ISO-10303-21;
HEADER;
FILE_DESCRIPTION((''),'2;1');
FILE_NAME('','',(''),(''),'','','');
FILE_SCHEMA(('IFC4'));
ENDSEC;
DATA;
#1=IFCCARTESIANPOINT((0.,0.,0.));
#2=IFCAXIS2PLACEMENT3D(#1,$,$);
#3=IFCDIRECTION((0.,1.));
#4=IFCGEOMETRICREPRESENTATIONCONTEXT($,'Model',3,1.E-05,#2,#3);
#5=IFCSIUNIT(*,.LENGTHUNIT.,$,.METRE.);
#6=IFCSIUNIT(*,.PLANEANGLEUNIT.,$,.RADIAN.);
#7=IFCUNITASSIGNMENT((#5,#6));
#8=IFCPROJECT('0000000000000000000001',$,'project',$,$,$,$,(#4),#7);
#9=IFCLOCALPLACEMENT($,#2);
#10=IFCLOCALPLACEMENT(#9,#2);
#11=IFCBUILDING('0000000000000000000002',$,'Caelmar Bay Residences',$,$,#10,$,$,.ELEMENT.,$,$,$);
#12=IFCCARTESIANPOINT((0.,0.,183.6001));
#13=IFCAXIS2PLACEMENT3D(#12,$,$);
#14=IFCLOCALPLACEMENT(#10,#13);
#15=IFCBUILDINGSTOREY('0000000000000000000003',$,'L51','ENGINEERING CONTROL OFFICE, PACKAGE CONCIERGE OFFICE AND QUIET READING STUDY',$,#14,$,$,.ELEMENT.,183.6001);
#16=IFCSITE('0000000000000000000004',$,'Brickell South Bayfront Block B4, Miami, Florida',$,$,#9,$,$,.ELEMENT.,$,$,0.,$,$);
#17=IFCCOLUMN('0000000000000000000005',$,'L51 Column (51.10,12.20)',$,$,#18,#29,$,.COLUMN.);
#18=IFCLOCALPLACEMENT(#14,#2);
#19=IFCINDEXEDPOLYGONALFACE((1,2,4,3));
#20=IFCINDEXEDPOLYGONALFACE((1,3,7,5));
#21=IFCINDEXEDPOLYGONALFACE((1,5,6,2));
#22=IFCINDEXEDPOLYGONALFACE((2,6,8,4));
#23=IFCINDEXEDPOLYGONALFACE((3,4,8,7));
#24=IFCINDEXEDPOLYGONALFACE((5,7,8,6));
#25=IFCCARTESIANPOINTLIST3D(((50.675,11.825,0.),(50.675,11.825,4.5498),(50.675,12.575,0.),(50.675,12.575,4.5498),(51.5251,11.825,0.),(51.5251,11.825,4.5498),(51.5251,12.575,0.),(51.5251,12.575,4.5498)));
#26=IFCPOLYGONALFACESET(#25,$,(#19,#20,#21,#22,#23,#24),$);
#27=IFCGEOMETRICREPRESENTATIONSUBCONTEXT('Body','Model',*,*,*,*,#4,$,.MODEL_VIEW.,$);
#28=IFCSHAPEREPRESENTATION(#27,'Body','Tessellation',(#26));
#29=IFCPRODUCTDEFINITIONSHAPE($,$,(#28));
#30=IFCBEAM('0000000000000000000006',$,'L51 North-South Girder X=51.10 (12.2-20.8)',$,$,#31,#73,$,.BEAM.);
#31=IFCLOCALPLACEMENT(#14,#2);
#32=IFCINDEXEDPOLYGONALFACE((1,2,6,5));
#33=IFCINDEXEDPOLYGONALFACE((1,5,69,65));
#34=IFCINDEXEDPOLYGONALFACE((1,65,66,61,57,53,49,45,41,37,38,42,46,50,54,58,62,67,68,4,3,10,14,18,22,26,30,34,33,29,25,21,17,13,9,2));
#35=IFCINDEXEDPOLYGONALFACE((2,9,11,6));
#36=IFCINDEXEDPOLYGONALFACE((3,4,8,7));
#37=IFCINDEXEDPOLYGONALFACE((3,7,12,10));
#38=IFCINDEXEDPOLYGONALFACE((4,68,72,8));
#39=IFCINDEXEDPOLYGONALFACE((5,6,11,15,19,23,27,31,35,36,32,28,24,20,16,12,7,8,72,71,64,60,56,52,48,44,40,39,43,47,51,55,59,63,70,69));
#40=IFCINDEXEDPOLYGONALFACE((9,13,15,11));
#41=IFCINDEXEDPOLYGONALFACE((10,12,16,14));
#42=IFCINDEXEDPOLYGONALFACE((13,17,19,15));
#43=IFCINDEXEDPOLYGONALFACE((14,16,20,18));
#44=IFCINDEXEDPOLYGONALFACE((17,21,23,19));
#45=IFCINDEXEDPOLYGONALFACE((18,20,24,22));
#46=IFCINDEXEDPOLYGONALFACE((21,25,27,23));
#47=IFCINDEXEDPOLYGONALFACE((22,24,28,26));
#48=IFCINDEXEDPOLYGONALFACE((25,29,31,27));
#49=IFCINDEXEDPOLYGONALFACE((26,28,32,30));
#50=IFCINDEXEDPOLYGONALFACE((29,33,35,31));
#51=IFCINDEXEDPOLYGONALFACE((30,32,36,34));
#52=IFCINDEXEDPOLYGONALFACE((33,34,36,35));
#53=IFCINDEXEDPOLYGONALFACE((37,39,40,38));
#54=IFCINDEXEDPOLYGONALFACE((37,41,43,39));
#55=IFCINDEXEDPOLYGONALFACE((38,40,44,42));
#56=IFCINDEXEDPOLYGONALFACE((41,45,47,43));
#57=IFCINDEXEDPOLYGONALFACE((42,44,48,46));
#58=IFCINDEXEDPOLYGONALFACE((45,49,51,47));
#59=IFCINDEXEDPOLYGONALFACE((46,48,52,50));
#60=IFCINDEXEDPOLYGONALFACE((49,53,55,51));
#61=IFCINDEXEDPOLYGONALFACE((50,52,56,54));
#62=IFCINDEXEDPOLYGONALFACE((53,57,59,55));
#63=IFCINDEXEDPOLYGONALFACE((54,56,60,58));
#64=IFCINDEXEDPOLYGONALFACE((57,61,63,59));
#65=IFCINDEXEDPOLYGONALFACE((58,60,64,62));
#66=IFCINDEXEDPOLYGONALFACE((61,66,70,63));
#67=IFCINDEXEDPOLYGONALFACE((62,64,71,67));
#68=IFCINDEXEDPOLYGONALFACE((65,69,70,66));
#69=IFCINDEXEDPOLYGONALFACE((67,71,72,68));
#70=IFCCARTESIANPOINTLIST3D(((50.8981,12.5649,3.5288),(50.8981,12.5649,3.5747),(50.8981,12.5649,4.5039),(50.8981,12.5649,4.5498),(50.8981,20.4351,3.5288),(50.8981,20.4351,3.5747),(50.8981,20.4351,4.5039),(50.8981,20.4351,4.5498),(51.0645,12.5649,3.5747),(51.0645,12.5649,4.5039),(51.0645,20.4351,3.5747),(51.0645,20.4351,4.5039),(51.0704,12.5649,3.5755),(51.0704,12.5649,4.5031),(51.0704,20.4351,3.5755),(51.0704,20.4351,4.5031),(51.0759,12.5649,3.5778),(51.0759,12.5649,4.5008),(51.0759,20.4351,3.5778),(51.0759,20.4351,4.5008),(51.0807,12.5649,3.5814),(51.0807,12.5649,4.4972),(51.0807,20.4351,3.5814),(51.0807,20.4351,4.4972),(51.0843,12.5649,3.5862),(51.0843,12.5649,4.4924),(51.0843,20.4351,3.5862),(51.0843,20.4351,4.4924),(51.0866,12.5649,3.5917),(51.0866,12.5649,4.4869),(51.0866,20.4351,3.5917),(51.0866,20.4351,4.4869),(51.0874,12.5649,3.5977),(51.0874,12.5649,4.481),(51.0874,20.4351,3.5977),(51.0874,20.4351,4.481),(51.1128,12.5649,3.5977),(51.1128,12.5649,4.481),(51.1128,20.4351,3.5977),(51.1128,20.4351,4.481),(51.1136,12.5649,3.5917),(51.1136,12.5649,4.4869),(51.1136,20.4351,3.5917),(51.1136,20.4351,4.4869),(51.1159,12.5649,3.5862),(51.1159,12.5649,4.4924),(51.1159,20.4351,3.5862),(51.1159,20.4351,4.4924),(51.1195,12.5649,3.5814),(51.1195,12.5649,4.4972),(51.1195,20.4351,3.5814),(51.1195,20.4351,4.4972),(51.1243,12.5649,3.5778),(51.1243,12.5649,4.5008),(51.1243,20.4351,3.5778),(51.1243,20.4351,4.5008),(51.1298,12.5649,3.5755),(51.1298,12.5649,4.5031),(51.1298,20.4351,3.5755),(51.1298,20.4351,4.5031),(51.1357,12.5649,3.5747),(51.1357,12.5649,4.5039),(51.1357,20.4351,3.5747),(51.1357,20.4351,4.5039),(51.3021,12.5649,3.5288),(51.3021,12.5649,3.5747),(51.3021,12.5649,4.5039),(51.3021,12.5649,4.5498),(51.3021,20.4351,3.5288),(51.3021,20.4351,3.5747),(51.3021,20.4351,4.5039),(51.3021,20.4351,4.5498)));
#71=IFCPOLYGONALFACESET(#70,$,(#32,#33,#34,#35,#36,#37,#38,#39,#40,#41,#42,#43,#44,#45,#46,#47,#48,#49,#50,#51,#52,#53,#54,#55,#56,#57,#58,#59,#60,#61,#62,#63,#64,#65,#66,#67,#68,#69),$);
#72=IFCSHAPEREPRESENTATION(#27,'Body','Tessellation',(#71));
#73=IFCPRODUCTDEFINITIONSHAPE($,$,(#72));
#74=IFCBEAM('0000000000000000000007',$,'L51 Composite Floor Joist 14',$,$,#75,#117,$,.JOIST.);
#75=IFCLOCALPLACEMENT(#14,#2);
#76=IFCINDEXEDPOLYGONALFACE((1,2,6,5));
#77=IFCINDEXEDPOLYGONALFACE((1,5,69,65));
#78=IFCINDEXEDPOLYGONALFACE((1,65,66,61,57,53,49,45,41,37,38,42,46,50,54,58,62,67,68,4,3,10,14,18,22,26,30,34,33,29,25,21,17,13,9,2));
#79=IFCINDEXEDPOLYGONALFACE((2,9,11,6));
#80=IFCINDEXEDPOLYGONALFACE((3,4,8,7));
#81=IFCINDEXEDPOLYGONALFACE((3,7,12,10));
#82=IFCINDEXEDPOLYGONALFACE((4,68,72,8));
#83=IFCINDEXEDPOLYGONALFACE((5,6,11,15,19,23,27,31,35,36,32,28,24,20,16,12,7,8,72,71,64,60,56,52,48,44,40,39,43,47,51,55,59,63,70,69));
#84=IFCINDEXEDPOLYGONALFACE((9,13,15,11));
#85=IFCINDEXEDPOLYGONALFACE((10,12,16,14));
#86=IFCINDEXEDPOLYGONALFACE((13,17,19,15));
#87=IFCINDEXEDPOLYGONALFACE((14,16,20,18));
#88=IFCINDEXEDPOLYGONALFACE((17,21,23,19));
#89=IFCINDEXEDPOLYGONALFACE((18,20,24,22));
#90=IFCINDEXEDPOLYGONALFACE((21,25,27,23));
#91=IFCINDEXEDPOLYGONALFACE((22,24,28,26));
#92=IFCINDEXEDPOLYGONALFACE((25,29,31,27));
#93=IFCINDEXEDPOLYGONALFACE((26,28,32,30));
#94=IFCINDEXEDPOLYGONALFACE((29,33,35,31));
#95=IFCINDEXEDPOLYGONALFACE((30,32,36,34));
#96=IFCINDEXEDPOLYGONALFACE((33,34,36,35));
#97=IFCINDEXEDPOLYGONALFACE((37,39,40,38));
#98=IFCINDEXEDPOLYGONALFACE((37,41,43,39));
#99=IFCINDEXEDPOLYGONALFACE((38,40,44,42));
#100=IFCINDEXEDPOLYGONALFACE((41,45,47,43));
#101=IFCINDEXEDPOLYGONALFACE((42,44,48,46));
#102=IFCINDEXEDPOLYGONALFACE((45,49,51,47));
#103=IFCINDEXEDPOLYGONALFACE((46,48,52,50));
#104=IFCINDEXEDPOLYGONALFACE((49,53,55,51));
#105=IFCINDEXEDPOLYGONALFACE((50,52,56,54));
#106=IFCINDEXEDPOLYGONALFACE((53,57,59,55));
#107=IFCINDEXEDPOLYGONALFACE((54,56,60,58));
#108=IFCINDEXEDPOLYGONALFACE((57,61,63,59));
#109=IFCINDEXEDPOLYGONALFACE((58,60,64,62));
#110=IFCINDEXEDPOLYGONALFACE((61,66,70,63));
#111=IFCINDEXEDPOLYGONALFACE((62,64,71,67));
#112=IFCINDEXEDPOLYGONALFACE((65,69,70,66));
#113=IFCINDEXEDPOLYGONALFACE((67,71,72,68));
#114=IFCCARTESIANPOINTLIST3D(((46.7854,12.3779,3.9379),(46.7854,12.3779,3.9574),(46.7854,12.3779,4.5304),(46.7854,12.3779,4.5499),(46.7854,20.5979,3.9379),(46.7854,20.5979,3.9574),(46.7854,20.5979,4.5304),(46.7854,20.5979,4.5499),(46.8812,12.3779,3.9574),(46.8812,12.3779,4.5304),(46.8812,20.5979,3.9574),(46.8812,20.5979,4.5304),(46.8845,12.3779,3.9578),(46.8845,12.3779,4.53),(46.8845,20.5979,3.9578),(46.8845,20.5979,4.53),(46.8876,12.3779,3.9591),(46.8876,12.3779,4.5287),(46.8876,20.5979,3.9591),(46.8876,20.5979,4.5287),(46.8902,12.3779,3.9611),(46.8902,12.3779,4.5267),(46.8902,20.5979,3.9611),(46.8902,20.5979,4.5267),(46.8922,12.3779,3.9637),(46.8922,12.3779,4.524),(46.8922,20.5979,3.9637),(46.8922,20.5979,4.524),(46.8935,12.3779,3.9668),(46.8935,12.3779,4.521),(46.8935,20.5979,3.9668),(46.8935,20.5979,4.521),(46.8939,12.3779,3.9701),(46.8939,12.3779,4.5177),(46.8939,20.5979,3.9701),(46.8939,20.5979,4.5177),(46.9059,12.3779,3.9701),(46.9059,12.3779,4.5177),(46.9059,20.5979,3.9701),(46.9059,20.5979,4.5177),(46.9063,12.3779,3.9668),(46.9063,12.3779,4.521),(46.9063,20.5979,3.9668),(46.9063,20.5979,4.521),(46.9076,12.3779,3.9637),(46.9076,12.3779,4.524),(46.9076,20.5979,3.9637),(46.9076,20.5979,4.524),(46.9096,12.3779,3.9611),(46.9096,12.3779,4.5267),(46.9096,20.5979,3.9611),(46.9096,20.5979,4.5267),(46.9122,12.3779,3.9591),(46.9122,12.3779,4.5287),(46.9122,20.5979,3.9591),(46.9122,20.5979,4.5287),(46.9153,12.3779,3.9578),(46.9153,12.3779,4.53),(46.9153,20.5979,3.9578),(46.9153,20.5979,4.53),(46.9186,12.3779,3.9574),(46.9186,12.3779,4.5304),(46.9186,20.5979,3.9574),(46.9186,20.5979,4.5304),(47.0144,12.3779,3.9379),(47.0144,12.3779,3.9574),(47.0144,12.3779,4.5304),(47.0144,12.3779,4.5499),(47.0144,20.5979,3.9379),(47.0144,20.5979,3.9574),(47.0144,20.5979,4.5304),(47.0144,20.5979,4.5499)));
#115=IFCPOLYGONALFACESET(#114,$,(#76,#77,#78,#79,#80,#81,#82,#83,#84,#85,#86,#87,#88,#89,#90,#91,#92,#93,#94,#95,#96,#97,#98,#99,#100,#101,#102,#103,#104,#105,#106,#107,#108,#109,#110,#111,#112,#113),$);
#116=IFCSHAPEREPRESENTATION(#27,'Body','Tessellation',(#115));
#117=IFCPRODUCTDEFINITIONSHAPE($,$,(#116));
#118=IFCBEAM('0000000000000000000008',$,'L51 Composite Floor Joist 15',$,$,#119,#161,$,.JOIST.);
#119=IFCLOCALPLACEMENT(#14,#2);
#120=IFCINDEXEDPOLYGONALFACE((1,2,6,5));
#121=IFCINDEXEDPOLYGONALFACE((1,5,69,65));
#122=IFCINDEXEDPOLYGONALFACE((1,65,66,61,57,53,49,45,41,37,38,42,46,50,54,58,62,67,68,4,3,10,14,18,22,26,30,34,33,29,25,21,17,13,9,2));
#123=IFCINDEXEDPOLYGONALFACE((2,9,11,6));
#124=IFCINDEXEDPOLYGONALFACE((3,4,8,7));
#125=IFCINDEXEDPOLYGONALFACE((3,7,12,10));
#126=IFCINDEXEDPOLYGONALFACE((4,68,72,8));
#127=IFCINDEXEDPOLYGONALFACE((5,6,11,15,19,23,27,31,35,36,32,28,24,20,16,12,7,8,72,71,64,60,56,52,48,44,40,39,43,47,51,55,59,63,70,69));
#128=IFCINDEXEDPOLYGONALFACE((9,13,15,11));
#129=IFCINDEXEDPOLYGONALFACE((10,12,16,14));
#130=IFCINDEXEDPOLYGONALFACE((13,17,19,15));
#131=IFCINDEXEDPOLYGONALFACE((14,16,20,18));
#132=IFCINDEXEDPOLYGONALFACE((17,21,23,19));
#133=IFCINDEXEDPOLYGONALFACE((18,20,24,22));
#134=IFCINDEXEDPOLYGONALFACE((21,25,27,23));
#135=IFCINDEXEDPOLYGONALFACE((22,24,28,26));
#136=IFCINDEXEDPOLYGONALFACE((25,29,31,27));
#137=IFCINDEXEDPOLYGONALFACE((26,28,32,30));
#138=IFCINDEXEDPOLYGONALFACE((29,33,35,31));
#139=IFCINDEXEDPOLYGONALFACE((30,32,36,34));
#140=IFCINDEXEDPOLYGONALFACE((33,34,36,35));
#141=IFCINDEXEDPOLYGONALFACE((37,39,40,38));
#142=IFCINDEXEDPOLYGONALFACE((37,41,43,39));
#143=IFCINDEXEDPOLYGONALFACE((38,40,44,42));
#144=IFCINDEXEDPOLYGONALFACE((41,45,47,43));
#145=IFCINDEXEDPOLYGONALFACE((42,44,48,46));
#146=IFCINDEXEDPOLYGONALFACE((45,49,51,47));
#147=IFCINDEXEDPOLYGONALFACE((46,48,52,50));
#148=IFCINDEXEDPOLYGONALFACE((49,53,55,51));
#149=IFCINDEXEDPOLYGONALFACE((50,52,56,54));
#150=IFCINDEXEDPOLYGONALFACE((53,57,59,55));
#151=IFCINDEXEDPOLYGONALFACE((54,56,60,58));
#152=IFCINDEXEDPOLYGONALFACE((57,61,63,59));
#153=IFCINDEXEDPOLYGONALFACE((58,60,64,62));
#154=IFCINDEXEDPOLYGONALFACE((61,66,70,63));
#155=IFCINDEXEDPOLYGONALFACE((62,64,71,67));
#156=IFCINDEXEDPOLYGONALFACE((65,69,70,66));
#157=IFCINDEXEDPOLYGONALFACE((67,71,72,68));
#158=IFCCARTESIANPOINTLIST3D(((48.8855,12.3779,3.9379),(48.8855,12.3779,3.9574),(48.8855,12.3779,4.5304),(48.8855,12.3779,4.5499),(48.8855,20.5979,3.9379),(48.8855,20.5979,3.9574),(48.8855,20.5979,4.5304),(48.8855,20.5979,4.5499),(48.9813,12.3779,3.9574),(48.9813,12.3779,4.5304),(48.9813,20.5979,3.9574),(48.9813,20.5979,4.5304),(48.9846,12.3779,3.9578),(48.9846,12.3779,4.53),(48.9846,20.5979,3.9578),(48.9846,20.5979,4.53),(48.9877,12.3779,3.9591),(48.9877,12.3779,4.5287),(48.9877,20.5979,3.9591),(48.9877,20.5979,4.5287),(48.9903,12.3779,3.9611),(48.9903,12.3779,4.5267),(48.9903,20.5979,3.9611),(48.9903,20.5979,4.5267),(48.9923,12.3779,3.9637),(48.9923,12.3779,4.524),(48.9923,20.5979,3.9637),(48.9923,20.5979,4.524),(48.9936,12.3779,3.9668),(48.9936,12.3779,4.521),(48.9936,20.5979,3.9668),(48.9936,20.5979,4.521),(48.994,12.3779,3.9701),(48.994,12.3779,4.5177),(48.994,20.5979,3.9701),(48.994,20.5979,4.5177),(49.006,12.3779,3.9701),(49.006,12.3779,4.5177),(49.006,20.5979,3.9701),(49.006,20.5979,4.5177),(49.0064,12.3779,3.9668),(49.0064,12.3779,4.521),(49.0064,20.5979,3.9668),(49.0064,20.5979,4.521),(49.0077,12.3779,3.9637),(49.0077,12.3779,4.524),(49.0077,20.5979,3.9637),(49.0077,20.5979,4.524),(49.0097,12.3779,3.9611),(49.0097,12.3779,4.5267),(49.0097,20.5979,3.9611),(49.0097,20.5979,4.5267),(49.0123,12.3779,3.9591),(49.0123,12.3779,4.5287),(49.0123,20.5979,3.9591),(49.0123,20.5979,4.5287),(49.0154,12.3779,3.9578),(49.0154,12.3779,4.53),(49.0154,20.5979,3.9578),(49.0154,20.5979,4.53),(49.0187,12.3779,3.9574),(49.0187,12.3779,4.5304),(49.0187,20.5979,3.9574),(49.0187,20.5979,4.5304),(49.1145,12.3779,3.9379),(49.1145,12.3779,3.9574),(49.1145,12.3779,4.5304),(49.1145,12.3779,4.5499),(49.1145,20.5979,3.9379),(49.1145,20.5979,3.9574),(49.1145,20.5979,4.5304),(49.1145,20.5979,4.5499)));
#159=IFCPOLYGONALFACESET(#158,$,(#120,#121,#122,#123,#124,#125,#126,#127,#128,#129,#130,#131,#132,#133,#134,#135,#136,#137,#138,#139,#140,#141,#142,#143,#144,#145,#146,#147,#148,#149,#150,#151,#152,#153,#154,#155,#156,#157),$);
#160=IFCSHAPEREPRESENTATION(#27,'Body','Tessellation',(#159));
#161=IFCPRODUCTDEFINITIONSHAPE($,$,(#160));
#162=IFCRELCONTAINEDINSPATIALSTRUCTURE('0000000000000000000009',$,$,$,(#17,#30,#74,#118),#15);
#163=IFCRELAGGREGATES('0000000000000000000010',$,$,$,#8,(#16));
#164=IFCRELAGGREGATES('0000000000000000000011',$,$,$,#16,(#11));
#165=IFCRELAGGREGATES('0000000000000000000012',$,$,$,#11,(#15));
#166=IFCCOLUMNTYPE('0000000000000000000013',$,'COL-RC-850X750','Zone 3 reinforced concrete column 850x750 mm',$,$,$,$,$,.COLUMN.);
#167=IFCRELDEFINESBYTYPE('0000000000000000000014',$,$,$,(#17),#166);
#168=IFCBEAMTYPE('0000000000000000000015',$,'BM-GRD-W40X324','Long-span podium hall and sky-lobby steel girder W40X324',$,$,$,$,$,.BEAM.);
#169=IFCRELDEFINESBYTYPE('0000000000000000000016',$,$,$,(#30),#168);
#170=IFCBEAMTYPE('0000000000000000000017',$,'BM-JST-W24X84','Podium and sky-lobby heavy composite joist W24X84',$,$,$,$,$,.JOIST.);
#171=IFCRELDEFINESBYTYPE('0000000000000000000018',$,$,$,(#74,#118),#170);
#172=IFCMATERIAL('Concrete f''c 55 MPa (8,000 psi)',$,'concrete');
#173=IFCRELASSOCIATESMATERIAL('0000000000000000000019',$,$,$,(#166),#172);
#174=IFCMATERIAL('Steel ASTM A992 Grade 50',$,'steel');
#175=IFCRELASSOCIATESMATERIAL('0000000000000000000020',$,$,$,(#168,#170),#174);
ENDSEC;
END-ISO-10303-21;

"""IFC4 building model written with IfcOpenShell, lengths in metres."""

from ifc_helpers import new_model, si_unit, direction, frame, origin, origin_2d, place, context, subcontext, project, spatial, rectangle, i_section, extrude, material, material_profile, profile_set, type_object, element, save


model = new_model("IFC4")

# Units and contexts
model_context = context("Model", 3, precision=1e-05, world=origin(), true_north=direction((0.0, 1.0)))
body_context = subcontext(model_context, "Body", "Model", "MODEL_VIEW")
ifc_project = project(units=[si_unit("LENGTHUNIT", "METRE"), si_unit("PLANEANGLEUNIT", "RADIAN")], contexts=[model_context])

# Site, building, storey
site_placement = place(None, origin())
site = spatial("IfcSite", under=ifc_project, at=site_placement, Name="Brickell South Bayfront Block B4, Miami, Florida", CompositionType="ELEMENT", RefElevation=0.0)
building_placement = place(site_placement, origin())
building = spatial("IfcBuilding", under=site, at=building_placement, Name="Caelmar Bay Residences", CompositionType="ELEMENT")
storey_placement = place(building_placement, frame((0.0, 0.0, 183.6001)))
storey = spatial("IfcBuildingStorey", under=building, at=storey_placement, Name="L51", Description="ENGINEERING CONTROL OFFICE, PACKAGE CONCIERGE OFFICE AND QUIET READING STUDY", CompositionType="ELEMENT", Elevation=183.6001)

# Column
ifc_material_1 = material(Name="Concrete f'c 55 MPa (8,000 psi)", Category="concrete")
ifc_material_profile_1 = material_profile(ifc_material_1, rectangle(XDim=0.8501, YDim=0.75, at=origin_2d()), Name="RC-COL-850X750")
ifc_profile_set_1 = profile_set([ifc_material_profile_1], Name="Concrete f'c 55 MPa (8,000 psi)")
column_type = type_object("IfcColumnType", Name="COL-RC-850X750", Description="Zone 3 reinforced concrete column 850x750 mm", PredefinedType="COLUMN", material=ifc_profile_set_1)
column_placement = place(storey_placement, frame((51.1001, 12.2, 0.0), z_axis=(0.0, 0.0, 1.0), x_axis=(1.0, 0.0, 0.0)))
element("IfcColumn", 1, at=column_placement, inside=storey, type_object=column_type, Name="L51 Column (51.10,12.20)", PredefinedType="COLUMN", context=body_context, shape_type="SweptSolid", body=[
    extrude(rectangle(XDim=0.8501, YDim=0.75, at=origin_2d()), origin(), (0.0, 0.0, 1.0), 4.5498),
])

# Beams
ifc_material_2 = material(Name="Steel ASTM A992 Grade 50", Category="steel")
ifc_material_profile_2 = material_profile(ifc_material_2, i_section(OverallWidth=0.4041, OverallDepth=1.021, WebThickness=0.0254, FlangeThickness=0.0459, FilletRadius=0.0229, at=origin_2d()), Name="W40X324")
ifc_profile_set_2 = profile_set([ifc_material_profile_2], Name="Steel ASTM A992 Grade 50")
beam_type_1 = type_object("IfcBeamType", Name="BM-GRD-W40X324", Description="Long-span podium hall and sky-lobby steel girder W40X324", PredefinedType="BEAM", material=ifc_profile_set_2)
beam_1_placement = place(storey_placement, frame((51.1001, 12.5649, 4.0393), z_axis=(0.0, 1.0, 0.0), x_axis=(-1.0, 0.0, 0.0)))
element("IfcBeam", 2, at=beam_1_placement, inside=storey, type_object=beam_type_1, Name="L51 North-South Girder X=51.10 (12.2-20.8)", PredefinedType="BEAM", context=body_context, shape_type="SweptSolid", body=[
    extrude(i_section(OverallWidth=0.4041, OverallDepth=1.021, WebThickness=0.0254, FlangeThickness=0.0459, FilletRadius=0.0229, at=origin_2d()), origin(), (0.0, 0.0, 1.0), 7.8701),
])
ifc_material_profile_3 = material_profile(ifc_material_2, i_section(OverallWidth=0.229, OverallDepth=0.6121, WebThickness=0.012, FlangeThickness=0.0195, FilletRadius=0.0127, at=origin_2d()), Name="W24X84")
ifc_profile_set_3 = profile_set([ifc_material_profile_3], Name="Steel ASTM A992 Grade 50")
beam_type_2 = type_object("IfcBeamType", Name="BM-JST-W24X84", Description="Podium and sky-lobby heavy composite joist W24X84", PredefinedType="JOIST", material=ifc_profile_set_3)
for number, where, z_axis, x_axis, name in (
    (3, (46.8999, 12.3779, 4.2439), (0.0, 1.0, 0.0), (-1.0, 0.0, 0.0), "L51 Composite Floor Joist 14"),
    (4, (49.0, 12.3779, 4.2439), (0.0, 1.0, 0.0), (-1.0, 0.0, 0.0), "L51 Composite Floor Joist 15"),
):
    element("IfcBeam", number, at=place(storey_placement, frame(where, z_axis=z_axis, x_axis=x_axis)), inside=storey, type_object=beam_type_2, Name=name, PredefinedType="JOIST", context=body_context, shape_type="SweptSolid", body=[
        extrude(i_section(OverallWidth=0.229, OverallDepth=0.6121, WebThickness=0.012, FlangeThickness=0.0195, FilletRadius=0.0127, at=origin_2d()), origin(), (0.0, 0.0, 1.0), 8.22),
    ])

save(model, "model.ifc")
